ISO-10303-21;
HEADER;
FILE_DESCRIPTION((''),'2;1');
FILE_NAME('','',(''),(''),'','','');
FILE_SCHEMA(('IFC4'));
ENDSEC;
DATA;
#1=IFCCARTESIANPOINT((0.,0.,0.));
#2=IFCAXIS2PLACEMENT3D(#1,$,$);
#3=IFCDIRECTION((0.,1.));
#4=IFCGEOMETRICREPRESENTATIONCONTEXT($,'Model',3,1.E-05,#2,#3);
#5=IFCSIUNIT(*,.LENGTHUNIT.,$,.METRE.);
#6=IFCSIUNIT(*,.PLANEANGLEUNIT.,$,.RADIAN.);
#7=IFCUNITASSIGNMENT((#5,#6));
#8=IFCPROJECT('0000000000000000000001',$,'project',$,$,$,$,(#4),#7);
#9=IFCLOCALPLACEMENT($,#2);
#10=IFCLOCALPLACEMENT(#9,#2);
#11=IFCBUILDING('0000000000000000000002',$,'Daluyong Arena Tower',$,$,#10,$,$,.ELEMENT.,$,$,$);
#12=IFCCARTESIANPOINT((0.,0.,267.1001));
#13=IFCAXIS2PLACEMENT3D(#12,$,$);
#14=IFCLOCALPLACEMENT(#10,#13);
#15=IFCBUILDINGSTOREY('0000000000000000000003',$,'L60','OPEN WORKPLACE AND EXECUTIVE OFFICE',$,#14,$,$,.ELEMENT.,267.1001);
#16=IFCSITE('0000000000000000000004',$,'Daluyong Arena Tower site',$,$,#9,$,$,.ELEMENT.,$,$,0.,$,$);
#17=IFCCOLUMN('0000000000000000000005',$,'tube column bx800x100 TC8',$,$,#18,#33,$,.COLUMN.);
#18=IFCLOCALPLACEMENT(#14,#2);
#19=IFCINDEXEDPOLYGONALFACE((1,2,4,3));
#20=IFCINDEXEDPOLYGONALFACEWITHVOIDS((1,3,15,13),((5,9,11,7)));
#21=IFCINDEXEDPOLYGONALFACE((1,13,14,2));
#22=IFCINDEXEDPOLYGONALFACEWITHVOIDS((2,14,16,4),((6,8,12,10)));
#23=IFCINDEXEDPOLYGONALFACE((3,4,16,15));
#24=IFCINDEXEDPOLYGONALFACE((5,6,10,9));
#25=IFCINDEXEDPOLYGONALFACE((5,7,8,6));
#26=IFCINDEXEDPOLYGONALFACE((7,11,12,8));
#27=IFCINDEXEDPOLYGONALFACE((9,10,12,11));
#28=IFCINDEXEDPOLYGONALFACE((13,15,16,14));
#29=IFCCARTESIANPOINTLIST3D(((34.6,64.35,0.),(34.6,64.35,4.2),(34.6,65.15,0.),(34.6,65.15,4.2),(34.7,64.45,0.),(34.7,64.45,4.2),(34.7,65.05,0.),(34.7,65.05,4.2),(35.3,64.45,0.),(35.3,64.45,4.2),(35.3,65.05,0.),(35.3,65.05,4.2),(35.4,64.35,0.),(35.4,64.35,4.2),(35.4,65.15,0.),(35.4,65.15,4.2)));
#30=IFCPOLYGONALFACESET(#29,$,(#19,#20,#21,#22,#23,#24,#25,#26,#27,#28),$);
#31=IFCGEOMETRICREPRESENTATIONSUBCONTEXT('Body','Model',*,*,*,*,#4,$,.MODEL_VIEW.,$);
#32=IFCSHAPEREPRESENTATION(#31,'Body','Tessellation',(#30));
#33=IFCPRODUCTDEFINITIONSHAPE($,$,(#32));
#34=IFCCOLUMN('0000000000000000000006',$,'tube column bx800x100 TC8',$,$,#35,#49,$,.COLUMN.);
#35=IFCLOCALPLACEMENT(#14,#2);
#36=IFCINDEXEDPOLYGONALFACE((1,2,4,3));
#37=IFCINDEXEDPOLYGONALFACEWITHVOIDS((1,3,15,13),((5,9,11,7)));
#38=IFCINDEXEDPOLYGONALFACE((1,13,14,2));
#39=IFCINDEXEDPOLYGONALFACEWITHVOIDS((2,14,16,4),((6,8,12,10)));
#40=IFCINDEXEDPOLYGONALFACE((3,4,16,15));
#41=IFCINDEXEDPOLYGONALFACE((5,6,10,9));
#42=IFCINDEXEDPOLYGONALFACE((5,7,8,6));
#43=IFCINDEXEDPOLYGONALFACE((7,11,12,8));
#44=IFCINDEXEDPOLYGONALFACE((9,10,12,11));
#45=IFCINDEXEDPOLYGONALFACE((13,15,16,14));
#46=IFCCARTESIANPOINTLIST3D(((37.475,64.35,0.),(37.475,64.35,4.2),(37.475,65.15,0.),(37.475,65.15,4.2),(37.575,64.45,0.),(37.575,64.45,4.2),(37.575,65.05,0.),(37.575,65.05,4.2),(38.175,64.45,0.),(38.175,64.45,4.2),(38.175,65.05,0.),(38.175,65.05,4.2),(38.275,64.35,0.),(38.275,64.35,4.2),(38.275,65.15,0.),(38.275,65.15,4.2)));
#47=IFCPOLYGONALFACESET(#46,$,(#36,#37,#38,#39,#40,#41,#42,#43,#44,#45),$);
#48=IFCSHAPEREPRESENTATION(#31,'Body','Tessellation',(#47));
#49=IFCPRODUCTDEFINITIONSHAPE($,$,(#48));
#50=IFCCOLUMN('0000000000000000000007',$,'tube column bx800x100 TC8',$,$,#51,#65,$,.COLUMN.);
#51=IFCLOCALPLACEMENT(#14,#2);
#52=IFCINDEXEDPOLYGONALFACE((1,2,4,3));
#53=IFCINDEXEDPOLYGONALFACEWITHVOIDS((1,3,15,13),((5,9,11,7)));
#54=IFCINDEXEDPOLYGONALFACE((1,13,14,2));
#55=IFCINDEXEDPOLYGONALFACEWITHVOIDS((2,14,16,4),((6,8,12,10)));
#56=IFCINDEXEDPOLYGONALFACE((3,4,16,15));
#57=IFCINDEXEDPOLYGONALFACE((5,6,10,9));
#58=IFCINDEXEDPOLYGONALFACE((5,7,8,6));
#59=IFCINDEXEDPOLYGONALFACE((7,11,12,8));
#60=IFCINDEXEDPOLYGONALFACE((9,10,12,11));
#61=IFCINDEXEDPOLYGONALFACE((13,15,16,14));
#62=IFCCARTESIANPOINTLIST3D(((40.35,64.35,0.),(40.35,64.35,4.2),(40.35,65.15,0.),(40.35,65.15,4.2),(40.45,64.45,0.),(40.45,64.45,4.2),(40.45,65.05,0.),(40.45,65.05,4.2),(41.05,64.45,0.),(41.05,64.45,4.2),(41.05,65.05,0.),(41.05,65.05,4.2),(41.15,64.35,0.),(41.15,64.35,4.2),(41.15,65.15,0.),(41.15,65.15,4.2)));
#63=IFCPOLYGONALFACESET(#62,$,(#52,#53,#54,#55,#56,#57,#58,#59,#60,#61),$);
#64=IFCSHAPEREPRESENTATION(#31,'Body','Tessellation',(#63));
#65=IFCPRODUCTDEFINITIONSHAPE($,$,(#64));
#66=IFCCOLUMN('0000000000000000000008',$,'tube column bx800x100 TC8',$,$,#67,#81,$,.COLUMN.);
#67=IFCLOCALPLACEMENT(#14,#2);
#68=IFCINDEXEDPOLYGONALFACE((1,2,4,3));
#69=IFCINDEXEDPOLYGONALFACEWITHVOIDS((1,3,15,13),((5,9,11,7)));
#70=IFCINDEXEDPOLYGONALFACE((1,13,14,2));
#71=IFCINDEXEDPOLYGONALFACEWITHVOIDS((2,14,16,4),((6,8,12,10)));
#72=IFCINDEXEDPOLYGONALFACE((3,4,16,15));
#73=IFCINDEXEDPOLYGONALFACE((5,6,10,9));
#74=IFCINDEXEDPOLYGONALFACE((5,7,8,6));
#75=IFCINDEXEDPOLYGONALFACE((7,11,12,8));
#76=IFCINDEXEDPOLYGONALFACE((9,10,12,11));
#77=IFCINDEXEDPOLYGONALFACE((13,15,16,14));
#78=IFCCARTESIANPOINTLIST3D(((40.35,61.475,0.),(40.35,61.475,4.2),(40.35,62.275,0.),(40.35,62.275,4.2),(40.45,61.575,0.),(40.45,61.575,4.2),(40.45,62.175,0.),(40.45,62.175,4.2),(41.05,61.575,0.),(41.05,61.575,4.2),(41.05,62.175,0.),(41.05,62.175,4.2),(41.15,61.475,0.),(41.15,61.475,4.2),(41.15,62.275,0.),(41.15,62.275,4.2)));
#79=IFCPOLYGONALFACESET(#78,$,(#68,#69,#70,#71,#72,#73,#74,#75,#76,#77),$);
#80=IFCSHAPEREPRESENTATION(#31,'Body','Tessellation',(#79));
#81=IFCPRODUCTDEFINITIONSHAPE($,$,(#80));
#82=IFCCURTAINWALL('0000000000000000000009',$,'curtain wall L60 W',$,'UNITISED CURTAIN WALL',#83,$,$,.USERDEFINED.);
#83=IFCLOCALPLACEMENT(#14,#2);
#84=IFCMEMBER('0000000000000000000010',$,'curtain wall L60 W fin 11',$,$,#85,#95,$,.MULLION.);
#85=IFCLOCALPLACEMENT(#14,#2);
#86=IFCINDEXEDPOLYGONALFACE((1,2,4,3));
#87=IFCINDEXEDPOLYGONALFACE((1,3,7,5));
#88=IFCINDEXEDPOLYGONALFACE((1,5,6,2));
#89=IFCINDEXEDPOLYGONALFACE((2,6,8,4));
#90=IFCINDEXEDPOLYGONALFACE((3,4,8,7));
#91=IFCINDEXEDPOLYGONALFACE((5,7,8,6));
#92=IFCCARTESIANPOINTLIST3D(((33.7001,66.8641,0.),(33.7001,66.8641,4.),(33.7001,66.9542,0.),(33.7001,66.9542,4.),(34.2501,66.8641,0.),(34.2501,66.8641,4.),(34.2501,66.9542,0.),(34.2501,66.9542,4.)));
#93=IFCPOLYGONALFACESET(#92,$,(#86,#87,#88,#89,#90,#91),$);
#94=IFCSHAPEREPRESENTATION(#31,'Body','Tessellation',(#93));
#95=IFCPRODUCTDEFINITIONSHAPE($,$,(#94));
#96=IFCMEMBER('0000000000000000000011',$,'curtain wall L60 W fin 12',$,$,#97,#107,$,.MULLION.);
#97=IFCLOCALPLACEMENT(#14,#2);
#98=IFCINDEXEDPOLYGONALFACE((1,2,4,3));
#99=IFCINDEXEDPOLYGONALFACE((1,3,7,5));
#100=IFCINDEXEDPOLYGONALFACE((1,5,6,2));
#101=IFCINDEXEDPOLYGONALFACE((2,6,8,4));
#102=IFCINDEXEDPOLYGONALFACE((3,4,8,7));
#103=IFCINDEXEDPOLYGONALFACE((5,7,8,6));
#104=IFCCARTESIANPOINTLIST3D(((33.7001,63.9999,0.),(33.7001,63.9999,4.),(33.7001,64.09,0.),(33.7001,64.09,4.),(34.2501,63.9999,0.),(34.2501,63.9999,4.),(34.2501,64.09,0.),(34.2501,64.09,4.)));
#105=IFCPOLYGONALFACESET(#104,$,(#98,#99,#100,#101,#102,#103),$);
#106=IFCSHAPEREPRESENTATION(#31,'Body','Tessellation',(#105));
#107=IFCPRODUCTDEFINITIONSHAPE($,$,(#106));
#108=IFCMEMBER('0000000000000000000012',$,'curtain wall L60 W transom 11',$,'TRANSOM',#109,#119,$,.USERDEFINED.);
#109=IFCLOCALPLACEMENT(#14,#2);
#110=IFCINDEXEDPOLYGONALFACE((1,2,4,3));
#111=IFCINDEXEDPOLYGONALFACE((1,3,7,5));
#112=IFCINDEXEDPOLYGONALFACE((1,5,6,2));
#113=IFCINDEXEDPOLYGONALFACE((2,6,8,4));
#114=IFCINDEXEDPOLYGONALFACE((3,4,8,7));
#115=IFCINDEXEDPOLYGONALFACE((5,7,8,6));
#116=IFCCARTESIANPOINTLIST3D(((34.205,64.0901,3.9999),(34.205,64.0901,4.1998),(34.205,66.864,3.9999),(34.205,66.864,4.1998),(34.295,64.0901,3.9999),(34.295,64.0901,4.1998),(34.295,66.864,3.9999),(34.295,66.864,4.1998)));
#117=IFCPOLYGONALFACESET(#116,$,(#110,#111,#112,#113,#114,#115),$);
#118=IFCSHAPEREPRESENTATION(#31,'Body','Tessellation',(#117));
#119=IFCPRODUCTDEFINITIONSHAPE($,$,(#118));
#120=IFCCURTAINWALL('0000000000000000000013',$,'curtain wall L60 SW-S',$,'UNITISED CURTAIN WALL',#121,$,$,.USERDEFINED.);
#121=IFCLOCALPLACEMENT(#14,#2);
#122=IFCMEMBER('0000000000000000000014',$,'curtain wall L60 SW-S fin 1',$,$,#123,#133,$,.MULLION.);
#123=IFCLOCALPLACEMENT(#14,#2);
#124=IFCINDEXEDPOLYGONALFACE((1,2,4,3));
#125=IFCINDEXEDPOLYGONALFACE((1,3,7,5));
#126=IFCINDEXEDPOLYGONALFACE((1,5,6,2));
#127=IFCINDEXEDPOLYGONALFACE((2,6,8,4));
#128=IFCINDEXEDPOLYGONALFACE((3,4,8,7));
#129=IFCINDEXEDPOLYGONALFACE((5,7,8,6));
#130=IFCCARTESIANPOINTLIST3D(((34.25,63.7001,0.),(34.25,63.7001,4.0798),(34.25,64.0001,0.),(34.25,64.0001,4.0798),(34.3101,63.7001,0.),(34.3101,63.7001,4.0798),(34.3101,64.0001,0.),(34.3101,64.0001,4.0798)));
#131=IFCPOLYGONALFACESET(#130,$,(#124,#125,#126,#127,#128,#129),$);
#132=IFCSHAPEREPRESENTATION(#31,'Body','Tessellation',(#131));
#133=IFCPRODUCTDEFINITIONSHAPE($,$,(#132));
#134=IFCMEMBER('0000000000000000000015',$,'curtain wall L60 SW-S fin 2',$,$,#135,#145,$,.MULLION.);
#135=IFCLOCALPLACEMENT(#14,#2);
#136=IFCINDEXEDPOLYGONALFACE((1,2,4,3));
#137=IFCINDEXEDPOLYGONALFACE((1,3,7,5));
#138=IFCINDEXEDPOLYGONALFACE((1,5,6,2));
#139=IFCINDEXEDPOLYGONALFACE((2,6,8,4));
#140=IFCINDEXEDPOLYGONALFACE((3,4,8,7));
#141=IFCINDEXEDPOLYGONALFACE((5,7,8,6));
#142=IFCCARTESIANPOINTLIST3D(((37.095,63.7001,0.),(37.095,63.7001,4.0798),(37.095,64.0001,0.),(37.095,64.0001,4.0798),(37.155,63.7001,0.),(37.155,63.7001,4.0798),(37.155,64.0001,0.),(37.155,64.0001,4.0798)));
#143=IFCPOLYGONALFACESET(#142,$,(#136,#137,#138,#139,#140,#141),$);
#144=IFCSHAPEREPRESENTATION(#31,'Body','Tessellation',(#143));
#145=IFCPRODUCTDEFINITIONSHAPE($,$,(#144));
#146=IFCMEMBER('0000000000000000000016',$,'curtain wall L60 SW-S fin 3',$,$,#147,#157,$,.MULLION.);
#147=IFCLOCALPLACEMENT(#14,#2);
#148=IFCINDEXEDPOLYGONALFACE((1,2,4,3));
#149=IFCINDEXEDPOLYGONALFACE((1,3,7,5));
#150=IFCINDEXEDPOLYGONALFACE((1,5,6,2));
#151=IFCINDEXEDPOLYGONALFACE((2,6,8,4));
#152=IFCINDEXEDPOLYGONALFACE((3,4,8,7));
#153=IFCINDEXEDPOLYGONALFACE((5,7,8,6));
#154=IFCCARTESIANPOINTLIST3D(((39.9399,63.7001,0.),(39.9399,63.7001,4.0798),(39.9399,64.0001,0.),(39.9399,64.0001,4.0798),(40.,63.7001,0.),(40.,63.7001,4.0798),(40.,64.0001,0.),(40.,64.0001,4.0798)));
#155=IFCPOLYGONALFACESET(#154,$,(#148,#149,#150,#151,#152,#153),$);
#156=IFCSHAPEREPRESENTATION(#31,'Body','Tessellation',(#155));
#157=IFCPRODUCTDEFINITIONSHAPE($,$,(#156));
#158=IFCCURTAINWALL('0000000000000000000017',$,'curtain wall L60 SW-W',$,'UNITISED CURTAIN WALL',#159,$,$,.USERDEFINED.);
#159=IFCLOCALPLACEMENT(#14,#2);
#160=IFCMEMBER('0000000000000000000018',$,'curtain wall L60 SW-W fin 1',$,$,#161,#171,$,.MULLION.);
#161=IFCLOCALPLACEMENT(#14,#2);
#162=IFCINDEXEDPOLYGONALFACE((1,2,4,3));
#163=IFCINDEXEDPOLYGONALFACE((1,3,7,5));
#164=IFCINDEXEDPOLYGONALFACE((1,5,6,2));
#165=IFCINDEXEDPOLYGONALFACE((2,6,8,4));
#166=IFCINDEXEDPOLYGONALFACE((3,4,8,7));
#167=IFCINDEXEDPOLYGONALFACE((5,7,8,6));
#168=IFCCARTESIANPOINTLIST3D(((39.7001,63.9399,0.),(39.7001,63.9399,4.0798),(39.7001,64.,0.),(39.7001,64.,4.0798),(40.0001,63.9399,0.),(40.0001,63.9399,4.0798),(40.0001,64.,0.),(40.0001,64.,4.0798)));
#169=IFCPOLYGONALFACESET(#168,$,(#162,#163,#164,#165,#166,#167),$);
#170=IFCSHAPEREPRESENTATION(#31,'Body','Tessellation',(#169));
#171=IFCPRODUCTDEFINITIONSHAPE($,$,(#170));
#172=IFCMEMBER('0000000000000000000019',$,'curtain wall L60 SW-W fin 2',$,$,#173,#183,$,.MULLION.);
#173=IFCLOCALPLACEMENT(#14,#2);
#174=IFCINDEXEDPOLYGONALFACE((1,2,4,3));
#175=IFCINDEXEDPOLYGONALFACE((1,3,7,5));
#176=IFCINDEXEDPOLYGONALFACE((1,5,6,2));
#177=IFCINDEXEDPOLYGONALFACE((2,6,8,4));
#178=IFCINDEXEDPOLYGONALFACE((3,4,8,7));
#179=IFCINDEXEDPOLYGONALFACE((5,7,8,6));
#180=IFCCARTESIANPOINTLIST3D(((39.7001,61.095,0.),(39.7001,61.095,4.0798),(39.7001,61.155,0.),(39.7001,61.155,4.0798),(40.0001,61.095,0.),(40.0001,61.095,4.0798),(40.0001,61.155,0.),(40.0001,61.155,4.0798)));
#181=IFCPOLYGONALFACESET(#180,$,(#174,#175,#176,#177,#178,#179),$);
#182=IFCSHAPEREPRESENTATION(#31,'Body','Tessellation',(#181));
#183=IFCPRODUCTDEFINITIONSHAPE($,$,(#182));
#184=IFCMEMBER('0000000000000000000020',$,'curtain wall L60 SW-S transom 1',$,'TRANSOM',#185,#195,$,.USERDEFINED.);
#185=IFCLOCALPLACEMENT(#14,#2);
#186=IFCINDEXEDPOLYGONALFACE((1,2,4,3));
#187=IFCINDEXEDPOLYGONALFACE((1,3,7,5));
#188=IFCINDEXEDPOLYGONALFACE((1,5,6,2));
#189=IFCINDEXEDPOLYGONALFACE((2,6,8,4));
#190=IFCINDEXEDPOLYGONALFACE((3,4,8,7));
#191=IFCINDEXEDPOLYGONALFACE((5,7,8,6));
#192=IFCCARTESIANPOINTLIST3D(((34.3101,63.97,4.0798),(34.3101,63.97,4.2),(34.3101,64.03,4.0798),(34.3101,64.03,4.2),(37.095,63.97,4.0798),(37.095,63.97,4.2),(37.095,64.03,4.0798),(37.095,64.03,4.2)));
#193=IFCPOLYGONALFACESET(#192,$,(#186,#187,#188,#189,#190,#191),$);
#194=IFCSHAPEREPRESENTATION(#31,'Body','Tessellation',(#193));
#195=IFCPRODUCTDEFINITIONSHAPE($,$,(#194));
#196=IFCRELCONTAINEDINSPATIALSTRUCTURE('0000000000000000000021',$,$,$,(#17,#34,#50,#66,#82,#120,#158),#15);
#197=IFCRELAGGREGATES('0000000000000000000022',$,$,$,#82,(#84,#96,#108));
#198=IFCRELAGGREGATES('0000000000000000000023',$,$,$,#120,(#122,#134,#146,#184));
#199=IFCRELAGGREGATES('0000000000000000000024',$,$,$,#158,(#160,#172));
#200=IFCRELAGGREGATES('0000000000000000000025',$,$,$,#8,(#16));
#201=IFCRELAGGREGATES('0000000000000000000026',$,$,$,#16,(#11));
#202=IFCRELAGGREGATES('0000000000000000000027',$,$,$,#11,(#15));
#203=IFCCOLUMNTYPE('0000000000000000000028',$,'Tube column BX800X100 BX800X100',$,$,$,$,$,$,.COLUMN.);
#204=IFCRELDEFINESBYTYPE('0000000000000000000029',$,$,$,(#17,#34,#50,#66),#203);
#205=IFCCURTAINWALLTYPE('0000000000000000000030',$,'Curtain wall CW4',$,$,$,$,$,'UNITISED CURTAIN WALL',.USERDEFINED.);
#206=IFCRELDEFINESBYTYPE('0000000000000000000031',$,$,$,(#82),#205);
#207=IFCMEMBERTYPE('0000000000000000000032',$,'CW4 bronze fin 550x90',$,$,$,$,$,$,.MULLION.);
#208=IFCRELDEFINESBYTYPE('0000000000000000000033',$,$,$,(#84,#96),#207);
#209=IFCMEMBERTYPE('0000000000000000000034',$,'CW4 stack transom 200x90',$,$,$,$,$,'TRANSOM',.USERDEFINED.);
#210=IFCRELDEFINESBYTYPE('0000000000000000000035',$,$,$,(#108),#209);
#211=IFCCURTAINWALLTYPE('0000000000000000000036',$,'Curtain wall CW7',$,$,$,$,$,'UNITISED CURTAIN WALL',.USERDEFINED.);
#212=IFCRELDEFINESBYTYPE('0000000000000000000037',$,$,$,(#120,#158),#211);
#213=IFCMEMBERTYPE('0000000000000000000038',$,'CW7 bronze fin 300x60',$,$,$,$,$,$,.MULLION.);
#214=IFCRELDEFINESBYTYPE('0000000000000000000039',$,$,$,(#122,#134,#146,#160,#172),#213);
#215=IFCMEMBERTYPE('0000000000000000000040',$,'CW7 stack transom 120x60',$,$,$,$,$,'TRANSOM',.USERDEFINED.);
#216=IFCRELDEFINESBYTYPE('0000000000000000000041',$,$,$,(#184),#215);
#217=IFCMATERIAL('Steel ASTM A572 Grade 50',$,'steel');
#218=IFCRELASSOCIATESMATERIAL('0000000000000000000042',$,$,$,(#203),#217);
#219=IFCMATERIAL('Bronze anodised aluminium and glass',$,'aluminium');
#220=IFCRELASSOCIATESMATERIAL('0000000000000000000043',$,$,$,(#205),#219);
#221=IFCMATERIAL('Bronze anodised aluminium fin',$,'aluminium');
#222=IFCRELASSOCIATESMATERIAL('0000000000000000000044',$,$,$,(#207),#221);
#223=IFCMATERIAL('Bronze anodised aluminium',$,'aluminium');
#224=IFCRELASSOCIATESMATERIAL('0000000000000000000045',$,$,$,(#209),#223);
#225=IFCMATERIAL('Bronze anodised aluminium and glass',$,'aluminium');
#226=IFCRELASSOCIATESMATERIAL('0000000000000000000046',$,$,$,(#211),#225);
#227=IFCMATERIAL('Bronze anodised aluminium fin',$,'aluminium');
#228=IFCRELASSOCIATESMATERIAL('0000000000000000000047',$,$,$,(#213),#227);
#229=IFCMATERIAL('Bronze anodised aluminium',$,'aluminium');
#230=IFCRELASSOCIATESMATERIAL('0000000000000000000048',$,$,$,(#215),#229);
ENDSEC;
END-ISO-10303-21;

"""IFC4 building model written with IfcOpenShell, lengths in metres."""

from ifc_helpers import new_model, si_unit, direction, frame, origin, origin_2d, place, context, subcontext, project, spatial, rectangle, hollow_rectangle, extrude, material, material_profile, profile_set, type_object, element, aggregate, save


model = new_model("IFC4")

# Units and contexts
model_context = context("Model", 3, precision=1e-05, world=origin(), true_north=direction((0.0, 1.0)))
body_context = subcontext(model_context, "Body", "Model", "MODEL_VIEW")
ifc_project = project(units=[si_unit("LENGTHUNIT", "METRE"), si_unit("PLANEANGLEUNIT", "RADIAN")], contexts=[model_context])

# Site, building, storey
site_placement = place(None, origin())
site = spatial("IfcSite", under=ifc_project, at=site_placement, Name="Daluyong Arena Tower site", CompositionType="ELEMENT", RefElevation=0.0)
building_placement = place(site_placement, origin())
building = spatial("IfcBuilding", under=site, at=building_placement, Name="Daluyong Arena Tower", CompositionType="ELEMENT")
storey_placement = place(building_placement, frame((0.0, 0.0, 267.1001)))
storey = spatial("IfcBuildingStorey", under=building, at=storey_placement, Name="L60", Description="OPEN WORKPLACE AND EXECUTIVE OFFICE", CompositionType="ELEMENT", Elevation=267.1001)

# Columns
ifc_material_1 = material(Name="Steel ASTM A572 Grade 50", Category="steel")
ifc_material_profile_1 = material_profile(ifc_material_1, hollow_rectangle(XDim=0.8, YDim=0.8, WallThickness=0.1, at=origin_2d()))
ifc_profile_set_1 = profile_set([ifc_material_profile_1], Name="Steel ASTM A572 Grade 50")
column_type = type_object("IfcColumnType", Name="Tube column BX800X100 BX800X100", PredefinedType="COLUMN", material=ifc_profile_set_1)
for number, where, z_axis, x_axis, name in (
    (1, (35.0, 64.75, 0.0), (0.0, 0.0, 1.0), (1.0, 0.0, 0.0), "tube column bx800x100 TC8"),
    (2, (37.875, 64.75, 0.0), (0.0, 0.0, 1.0), (1.0, 0.0, 0.0), "tube column bx800x100 TC8"),
    (3, (40.75, 64.75, 0.0), (0.0, 0.0, 1.0), (0.0, 1.0, 0.0), "tube column bx800x100 TC8"),
    (4, (40.75, 61.875, 0.0), (0.0, 0.0, 1.0), (0.0, 1.0, 0.0), "tube column bx800x100 TC8"),
):
    element("IfcColumn", number, at=place(storey_placement, frame(where, z_axis=z_axis, x_axis=x_axis)), inside=storey, type_object=column_type, Name=name, PredefinedType="COLUMN", context=body_context, shape_type="SweptSolid", body=[
        extrude(hollow_rectangle(XDim=0.8, YDim=0.8, WallThickness=0.1, at=origin_2d()), origin(), (0.0, 0.0, 1.0), 4.2),
    ])

# Curtain walls, members
ifc_material_2 = material(Name="Bronze anodised aluminium and glass", Category="aluminium")
curtain_wall_type_1 = type_object("IfcCurtainWallType", Name="Curtain wall CW4", ElementType="UNITISED CURTAIN WALL", PredefinedType="USERDEFINED", material=ifc_material_2)
curtain_wall_1_placement = place(storey_placement, origin())
curtain_wall_1 = element("IfcCurtainWall", 5, at=curtain_wall_1_placement, inside=storey, type_object=curtain_wall_type_1, Name="curtain wall L60 W", ObjectType="UNITISED CURTAIN WALL", PredefinedType="USERDEFINED")
ifc_material_3 = material(Name="Bronze anodised aluminium fin", Category="aluminium")
ifc_material_profile_2 = material_profile(ifc_material_3, rectangle(XDim=0.55, YDim=0.0901, at=origin_2d()))
ifc_profile_set_2 = profile_set([ifc_material_profile_2], Name="Bronze anodised aluminium fin")
member_type_1 = type_object("IfcMemberType", Name="CW4 bronze fin 550x90", PredefinedType="MULLION", material=ifc_profile_set_2)
member_1_placement = place(storey_placement, frame((33.9751, 66.9092, 0.0), z_axis=(0.0, 0.0, 1.0), x_axis=(1.0, 0.0, 0.0)))
member_1 = element("IfcMember", 6, at=member_1_placement, type_object=member_type_1, Name="curtain wall L60 W fin 11", PredefinedType="MULLION", context=body_context, shape_type="SweptSolid", body=[
    extrude(rectangle(XDim=0.55, YDim=0.0901, at=origin_2d()), origin(), (0.0, 0.0, 1.0), 4.0),
])
member_2_placement = place(storey_placement, frame((33.9751, 64.0449, 0.0), z_axis=(0.0, 0.0, 1.0), x_axis=(1.0, 0.0, 0.0)))
member_2 = element("IfcMember", 7, at=member_2_placement, type_object=member_type_1, Name="curtain wall L60 W fin 12", PredefinedType="MULLION", context=body_context, shape_type="SweptSolid", body=[
    extrude(rectangle(XDim=0.55, YDim=0.0901, at=origin_2d()), origin(), (0.0, 0.0, 1.0), 4.0),
])
ifc_material_4 = material(Name="Bronze anodised aluminium", Category="aluminium")
ifc_material_profile_3 = material_profile(ifc_material_4, rectangle(XDim=0.0901, YDim=0.2, at=origin_2d()))
ifc_profile_set_3 = profile_set([ifc_material_profile_3], Name="Bronze anodised aluminium")
member_type_2 = type_object("IfcMemberType", Name="CW4 stack transom 200x90", ElementType="TRANSOM", PredefinedType="USERDEFINED", material=ifc_profile_set_3)
member_3_placement = place(storey_placement, frame((34.25, 66.864, 4.0999), z_axis=(0.0, -1.0, 0.0), x_axis=(1.0, 0.0, 0.0)))
member_3 = element("IfcMember", 8, at=member_3_placement, type_object=member_type_2, Name="curtain wall L60 W transom 11", ObjectType="TRANSOM", PredefinedType="USERDEFINED", context=body_context, shape_type="SweptSolid", body=[
    extrude(rectangle(XDim=0.0901, YDim=0.2, at=origin_2d()), origin(), (0.0, 0.0, 1.0), 2.7739),
])
ifc_material_5 = material(Name="Bronze anodised aluminium and glass", Category="aluminium")
curtain_wall_type_2 = type_object("IfcCurtainWallType", Name="Curtain wall CW7", ElementType="UNITISED CURTAIN WALL", PredefinedType="USERDEFINED", material=ifc_material_5)
curtain_wall_2_placement = place(storey_placement, origin())
curtain_wall_2 = element("IfcCurtainWall", 9, at=curtain_wall_2_placement, inside=storey, type_object=curtain_wall_type_2, Name="curtain wall L60 SW-S", ObjectType="UNITISED CURTAIN WALL", PredefinedType="USERDEFINED")
ifc_material_6 = material(Name="Bronze anodised aluminium fin", Category="aluminium")
ifc_material_profile_4 = material_profile(ifc_material_6, rectangle(XDim=0.3, YDim=0.0601, at=origin_2d()))
ifc_profile_set_4 = profile_set([ifc_material_profile_4], Name="Bronze anodised aluminium fin")
member_type_3 = type_object("IfcMemberType", Name="CW7 bronze fin 300x60", PredefinedType="MULLION", material=ifc_profile_set_4)
member_4_placement = place(storey_placement, frame((34.28, 63.8501, 0.0), z_axis=(0.0, 0.0, 1.0), x_axis=(0.0, 1.0, 0.0)))
member_4 = element("IfcMember", 10, at=member_4_placement, type_object=member_type_3, Name="curtain wall L60 SW-S fin 1", PredefinedType="MULLION", context=body_context, shape_type="SweptSolid", body=[
    extrude(rectangle(XDim=0.3, YDim=0.0601, at=origin_2d()), origin(), (0.0, 0.0, 1.0), 4.0798),
])
member_5_placement = place(storey_placement, frame((37.125, 63.8501, 0.0), z_axis=(0.0, 0.0, 1.0), x_axis=(0.0, 1.0, 0.0)))
member_5 = element("IfcMember", 11, at=member_5_placement, type_object=member_type_3, Name="curtain wall L60 SW-S fin 2", PredefinedType="MULLION", context=body_context, shape_type="SweptSolid", body=[
    extrude(rectangle(XDim=0.3, YDim=0.0601, at=origin_2d()), origin(), (0.0, 0.0, 1.0), 4.0798),
])
member_6_placement = place(storey_placement, frame((39.97, 63.8501, 0.0), z_axis=(0.0, 0.0, 1.0), x_axis=(0.0, 1.0, 0.0)))
member_6 = element("IfcMember", 12, at=member_6_placement, type_object=member_type_3, Name="curtain wall L60 SW-S fin 3", PredefinedType="MULLION", context=body_context, shape_type="SweptSolid", body=[
    extrude(rectangle(XDim=0.3, YDim=0.0601, at=origin_2d()), origin(), (0.0, 0.0, 1.0), 4.0798),
])
curtain_wall_3_placement = place(storey_placement, origin())
curtain_wall_3 = element("IfcCurtainWall", 13, at=curtain_wall_3_placement, inside=storey, type_object=curtain_wall_type_2, Name="curtain wall L60 SW-W", ObjectType="UNITISED CURTAIN WALL", PredefinedType="USERDEFINED")
member_7_placement = place(storey_placement, frame((39.8501, 63.97, 0.0), z_axis=(0.0, 0.0, 1.0), x_axis=(1.0, 0.0, 0.0)))
member_7 = element("IfcMember", 14, at=member_7_placement, type_object=member_type_3, Name="curtain wall L60 SW-W fin 1", PredefinedType="MULLION", context=body_context, shape_type="SweptSolid", body=[
    extrude(rectangle(XDim=0.3, YDim=0.0601, at=origin_2d()), origin(), (0.0, 0.0, 1.0), 4.0798),
])
member_8_placement = place(storey_placement, frame((39.8501, 61.125, 0.0), z_axis=(0.0, 0.0, 1.0), x_axis=(1.0, 0.0, 0.0)))
member_8 = element("IfcMember", 15, at=member_8_placement, type_object=member_type_3, Name="curtain wall L60 SW-W fin 2", PredefinedType="MULLION", context=body_context, shape_type="SweptSolid", body=[
    extrude(rectangle(XDim=0.3, YDim=0.0601, at=origin_2d()), origin(), (0.0, 0.0, 1.0), 4.0798),
])

# Member
ifc_material_7 = material(Name="Bronze anodised aluminium", Category="aluminium")
ifc_material_profile_5 = material_profile(ifc_material_7, rectangle(XDim=0.0601, YDim=0.1201, at=origin_2d()))
ifc_profile_set_5 = profile_set([ifc_material_profile_5], Name="Bronze anodised aluminium")
member_type_4 = type_object("IfcMemberType", Name="CW7 stack transom 120x60", ElementType="TRANSOM", PredefinedType="USERDEFINED", material=ifc_profile_set_5)
member_9_placement = place(storey_placement, frame((34.3101, 64.0, 4.1399), z_axis=(1.0, 0.0, 0.0), x_axis=(0.0, 1.0, 0.0)))
member_9 = element("IfcMember", 16, at=member_9_placement, type_object=member_type_4, Name="curtain wall L60 SW-S transom 1", ObjectType="TRANSOM", PredefinedType="USERDEFINED", context=body_context, shape_type="SweptSolid", body=[
    extrude(rectangle(XDim=0.0601, YDim=0.1201, at=origin_2d()), origin(), (0.0, 0.0, 1.0), 2.7849),
])

aggregate(curtain_wall_1, [member_1, member_2, member_3])
aggregate(curtain_wall_2, [member_4, member_5, member_6, member_9])
aggregate(curtain_wall_3, [member_7, member_8])

save(model, "model.ifc")
